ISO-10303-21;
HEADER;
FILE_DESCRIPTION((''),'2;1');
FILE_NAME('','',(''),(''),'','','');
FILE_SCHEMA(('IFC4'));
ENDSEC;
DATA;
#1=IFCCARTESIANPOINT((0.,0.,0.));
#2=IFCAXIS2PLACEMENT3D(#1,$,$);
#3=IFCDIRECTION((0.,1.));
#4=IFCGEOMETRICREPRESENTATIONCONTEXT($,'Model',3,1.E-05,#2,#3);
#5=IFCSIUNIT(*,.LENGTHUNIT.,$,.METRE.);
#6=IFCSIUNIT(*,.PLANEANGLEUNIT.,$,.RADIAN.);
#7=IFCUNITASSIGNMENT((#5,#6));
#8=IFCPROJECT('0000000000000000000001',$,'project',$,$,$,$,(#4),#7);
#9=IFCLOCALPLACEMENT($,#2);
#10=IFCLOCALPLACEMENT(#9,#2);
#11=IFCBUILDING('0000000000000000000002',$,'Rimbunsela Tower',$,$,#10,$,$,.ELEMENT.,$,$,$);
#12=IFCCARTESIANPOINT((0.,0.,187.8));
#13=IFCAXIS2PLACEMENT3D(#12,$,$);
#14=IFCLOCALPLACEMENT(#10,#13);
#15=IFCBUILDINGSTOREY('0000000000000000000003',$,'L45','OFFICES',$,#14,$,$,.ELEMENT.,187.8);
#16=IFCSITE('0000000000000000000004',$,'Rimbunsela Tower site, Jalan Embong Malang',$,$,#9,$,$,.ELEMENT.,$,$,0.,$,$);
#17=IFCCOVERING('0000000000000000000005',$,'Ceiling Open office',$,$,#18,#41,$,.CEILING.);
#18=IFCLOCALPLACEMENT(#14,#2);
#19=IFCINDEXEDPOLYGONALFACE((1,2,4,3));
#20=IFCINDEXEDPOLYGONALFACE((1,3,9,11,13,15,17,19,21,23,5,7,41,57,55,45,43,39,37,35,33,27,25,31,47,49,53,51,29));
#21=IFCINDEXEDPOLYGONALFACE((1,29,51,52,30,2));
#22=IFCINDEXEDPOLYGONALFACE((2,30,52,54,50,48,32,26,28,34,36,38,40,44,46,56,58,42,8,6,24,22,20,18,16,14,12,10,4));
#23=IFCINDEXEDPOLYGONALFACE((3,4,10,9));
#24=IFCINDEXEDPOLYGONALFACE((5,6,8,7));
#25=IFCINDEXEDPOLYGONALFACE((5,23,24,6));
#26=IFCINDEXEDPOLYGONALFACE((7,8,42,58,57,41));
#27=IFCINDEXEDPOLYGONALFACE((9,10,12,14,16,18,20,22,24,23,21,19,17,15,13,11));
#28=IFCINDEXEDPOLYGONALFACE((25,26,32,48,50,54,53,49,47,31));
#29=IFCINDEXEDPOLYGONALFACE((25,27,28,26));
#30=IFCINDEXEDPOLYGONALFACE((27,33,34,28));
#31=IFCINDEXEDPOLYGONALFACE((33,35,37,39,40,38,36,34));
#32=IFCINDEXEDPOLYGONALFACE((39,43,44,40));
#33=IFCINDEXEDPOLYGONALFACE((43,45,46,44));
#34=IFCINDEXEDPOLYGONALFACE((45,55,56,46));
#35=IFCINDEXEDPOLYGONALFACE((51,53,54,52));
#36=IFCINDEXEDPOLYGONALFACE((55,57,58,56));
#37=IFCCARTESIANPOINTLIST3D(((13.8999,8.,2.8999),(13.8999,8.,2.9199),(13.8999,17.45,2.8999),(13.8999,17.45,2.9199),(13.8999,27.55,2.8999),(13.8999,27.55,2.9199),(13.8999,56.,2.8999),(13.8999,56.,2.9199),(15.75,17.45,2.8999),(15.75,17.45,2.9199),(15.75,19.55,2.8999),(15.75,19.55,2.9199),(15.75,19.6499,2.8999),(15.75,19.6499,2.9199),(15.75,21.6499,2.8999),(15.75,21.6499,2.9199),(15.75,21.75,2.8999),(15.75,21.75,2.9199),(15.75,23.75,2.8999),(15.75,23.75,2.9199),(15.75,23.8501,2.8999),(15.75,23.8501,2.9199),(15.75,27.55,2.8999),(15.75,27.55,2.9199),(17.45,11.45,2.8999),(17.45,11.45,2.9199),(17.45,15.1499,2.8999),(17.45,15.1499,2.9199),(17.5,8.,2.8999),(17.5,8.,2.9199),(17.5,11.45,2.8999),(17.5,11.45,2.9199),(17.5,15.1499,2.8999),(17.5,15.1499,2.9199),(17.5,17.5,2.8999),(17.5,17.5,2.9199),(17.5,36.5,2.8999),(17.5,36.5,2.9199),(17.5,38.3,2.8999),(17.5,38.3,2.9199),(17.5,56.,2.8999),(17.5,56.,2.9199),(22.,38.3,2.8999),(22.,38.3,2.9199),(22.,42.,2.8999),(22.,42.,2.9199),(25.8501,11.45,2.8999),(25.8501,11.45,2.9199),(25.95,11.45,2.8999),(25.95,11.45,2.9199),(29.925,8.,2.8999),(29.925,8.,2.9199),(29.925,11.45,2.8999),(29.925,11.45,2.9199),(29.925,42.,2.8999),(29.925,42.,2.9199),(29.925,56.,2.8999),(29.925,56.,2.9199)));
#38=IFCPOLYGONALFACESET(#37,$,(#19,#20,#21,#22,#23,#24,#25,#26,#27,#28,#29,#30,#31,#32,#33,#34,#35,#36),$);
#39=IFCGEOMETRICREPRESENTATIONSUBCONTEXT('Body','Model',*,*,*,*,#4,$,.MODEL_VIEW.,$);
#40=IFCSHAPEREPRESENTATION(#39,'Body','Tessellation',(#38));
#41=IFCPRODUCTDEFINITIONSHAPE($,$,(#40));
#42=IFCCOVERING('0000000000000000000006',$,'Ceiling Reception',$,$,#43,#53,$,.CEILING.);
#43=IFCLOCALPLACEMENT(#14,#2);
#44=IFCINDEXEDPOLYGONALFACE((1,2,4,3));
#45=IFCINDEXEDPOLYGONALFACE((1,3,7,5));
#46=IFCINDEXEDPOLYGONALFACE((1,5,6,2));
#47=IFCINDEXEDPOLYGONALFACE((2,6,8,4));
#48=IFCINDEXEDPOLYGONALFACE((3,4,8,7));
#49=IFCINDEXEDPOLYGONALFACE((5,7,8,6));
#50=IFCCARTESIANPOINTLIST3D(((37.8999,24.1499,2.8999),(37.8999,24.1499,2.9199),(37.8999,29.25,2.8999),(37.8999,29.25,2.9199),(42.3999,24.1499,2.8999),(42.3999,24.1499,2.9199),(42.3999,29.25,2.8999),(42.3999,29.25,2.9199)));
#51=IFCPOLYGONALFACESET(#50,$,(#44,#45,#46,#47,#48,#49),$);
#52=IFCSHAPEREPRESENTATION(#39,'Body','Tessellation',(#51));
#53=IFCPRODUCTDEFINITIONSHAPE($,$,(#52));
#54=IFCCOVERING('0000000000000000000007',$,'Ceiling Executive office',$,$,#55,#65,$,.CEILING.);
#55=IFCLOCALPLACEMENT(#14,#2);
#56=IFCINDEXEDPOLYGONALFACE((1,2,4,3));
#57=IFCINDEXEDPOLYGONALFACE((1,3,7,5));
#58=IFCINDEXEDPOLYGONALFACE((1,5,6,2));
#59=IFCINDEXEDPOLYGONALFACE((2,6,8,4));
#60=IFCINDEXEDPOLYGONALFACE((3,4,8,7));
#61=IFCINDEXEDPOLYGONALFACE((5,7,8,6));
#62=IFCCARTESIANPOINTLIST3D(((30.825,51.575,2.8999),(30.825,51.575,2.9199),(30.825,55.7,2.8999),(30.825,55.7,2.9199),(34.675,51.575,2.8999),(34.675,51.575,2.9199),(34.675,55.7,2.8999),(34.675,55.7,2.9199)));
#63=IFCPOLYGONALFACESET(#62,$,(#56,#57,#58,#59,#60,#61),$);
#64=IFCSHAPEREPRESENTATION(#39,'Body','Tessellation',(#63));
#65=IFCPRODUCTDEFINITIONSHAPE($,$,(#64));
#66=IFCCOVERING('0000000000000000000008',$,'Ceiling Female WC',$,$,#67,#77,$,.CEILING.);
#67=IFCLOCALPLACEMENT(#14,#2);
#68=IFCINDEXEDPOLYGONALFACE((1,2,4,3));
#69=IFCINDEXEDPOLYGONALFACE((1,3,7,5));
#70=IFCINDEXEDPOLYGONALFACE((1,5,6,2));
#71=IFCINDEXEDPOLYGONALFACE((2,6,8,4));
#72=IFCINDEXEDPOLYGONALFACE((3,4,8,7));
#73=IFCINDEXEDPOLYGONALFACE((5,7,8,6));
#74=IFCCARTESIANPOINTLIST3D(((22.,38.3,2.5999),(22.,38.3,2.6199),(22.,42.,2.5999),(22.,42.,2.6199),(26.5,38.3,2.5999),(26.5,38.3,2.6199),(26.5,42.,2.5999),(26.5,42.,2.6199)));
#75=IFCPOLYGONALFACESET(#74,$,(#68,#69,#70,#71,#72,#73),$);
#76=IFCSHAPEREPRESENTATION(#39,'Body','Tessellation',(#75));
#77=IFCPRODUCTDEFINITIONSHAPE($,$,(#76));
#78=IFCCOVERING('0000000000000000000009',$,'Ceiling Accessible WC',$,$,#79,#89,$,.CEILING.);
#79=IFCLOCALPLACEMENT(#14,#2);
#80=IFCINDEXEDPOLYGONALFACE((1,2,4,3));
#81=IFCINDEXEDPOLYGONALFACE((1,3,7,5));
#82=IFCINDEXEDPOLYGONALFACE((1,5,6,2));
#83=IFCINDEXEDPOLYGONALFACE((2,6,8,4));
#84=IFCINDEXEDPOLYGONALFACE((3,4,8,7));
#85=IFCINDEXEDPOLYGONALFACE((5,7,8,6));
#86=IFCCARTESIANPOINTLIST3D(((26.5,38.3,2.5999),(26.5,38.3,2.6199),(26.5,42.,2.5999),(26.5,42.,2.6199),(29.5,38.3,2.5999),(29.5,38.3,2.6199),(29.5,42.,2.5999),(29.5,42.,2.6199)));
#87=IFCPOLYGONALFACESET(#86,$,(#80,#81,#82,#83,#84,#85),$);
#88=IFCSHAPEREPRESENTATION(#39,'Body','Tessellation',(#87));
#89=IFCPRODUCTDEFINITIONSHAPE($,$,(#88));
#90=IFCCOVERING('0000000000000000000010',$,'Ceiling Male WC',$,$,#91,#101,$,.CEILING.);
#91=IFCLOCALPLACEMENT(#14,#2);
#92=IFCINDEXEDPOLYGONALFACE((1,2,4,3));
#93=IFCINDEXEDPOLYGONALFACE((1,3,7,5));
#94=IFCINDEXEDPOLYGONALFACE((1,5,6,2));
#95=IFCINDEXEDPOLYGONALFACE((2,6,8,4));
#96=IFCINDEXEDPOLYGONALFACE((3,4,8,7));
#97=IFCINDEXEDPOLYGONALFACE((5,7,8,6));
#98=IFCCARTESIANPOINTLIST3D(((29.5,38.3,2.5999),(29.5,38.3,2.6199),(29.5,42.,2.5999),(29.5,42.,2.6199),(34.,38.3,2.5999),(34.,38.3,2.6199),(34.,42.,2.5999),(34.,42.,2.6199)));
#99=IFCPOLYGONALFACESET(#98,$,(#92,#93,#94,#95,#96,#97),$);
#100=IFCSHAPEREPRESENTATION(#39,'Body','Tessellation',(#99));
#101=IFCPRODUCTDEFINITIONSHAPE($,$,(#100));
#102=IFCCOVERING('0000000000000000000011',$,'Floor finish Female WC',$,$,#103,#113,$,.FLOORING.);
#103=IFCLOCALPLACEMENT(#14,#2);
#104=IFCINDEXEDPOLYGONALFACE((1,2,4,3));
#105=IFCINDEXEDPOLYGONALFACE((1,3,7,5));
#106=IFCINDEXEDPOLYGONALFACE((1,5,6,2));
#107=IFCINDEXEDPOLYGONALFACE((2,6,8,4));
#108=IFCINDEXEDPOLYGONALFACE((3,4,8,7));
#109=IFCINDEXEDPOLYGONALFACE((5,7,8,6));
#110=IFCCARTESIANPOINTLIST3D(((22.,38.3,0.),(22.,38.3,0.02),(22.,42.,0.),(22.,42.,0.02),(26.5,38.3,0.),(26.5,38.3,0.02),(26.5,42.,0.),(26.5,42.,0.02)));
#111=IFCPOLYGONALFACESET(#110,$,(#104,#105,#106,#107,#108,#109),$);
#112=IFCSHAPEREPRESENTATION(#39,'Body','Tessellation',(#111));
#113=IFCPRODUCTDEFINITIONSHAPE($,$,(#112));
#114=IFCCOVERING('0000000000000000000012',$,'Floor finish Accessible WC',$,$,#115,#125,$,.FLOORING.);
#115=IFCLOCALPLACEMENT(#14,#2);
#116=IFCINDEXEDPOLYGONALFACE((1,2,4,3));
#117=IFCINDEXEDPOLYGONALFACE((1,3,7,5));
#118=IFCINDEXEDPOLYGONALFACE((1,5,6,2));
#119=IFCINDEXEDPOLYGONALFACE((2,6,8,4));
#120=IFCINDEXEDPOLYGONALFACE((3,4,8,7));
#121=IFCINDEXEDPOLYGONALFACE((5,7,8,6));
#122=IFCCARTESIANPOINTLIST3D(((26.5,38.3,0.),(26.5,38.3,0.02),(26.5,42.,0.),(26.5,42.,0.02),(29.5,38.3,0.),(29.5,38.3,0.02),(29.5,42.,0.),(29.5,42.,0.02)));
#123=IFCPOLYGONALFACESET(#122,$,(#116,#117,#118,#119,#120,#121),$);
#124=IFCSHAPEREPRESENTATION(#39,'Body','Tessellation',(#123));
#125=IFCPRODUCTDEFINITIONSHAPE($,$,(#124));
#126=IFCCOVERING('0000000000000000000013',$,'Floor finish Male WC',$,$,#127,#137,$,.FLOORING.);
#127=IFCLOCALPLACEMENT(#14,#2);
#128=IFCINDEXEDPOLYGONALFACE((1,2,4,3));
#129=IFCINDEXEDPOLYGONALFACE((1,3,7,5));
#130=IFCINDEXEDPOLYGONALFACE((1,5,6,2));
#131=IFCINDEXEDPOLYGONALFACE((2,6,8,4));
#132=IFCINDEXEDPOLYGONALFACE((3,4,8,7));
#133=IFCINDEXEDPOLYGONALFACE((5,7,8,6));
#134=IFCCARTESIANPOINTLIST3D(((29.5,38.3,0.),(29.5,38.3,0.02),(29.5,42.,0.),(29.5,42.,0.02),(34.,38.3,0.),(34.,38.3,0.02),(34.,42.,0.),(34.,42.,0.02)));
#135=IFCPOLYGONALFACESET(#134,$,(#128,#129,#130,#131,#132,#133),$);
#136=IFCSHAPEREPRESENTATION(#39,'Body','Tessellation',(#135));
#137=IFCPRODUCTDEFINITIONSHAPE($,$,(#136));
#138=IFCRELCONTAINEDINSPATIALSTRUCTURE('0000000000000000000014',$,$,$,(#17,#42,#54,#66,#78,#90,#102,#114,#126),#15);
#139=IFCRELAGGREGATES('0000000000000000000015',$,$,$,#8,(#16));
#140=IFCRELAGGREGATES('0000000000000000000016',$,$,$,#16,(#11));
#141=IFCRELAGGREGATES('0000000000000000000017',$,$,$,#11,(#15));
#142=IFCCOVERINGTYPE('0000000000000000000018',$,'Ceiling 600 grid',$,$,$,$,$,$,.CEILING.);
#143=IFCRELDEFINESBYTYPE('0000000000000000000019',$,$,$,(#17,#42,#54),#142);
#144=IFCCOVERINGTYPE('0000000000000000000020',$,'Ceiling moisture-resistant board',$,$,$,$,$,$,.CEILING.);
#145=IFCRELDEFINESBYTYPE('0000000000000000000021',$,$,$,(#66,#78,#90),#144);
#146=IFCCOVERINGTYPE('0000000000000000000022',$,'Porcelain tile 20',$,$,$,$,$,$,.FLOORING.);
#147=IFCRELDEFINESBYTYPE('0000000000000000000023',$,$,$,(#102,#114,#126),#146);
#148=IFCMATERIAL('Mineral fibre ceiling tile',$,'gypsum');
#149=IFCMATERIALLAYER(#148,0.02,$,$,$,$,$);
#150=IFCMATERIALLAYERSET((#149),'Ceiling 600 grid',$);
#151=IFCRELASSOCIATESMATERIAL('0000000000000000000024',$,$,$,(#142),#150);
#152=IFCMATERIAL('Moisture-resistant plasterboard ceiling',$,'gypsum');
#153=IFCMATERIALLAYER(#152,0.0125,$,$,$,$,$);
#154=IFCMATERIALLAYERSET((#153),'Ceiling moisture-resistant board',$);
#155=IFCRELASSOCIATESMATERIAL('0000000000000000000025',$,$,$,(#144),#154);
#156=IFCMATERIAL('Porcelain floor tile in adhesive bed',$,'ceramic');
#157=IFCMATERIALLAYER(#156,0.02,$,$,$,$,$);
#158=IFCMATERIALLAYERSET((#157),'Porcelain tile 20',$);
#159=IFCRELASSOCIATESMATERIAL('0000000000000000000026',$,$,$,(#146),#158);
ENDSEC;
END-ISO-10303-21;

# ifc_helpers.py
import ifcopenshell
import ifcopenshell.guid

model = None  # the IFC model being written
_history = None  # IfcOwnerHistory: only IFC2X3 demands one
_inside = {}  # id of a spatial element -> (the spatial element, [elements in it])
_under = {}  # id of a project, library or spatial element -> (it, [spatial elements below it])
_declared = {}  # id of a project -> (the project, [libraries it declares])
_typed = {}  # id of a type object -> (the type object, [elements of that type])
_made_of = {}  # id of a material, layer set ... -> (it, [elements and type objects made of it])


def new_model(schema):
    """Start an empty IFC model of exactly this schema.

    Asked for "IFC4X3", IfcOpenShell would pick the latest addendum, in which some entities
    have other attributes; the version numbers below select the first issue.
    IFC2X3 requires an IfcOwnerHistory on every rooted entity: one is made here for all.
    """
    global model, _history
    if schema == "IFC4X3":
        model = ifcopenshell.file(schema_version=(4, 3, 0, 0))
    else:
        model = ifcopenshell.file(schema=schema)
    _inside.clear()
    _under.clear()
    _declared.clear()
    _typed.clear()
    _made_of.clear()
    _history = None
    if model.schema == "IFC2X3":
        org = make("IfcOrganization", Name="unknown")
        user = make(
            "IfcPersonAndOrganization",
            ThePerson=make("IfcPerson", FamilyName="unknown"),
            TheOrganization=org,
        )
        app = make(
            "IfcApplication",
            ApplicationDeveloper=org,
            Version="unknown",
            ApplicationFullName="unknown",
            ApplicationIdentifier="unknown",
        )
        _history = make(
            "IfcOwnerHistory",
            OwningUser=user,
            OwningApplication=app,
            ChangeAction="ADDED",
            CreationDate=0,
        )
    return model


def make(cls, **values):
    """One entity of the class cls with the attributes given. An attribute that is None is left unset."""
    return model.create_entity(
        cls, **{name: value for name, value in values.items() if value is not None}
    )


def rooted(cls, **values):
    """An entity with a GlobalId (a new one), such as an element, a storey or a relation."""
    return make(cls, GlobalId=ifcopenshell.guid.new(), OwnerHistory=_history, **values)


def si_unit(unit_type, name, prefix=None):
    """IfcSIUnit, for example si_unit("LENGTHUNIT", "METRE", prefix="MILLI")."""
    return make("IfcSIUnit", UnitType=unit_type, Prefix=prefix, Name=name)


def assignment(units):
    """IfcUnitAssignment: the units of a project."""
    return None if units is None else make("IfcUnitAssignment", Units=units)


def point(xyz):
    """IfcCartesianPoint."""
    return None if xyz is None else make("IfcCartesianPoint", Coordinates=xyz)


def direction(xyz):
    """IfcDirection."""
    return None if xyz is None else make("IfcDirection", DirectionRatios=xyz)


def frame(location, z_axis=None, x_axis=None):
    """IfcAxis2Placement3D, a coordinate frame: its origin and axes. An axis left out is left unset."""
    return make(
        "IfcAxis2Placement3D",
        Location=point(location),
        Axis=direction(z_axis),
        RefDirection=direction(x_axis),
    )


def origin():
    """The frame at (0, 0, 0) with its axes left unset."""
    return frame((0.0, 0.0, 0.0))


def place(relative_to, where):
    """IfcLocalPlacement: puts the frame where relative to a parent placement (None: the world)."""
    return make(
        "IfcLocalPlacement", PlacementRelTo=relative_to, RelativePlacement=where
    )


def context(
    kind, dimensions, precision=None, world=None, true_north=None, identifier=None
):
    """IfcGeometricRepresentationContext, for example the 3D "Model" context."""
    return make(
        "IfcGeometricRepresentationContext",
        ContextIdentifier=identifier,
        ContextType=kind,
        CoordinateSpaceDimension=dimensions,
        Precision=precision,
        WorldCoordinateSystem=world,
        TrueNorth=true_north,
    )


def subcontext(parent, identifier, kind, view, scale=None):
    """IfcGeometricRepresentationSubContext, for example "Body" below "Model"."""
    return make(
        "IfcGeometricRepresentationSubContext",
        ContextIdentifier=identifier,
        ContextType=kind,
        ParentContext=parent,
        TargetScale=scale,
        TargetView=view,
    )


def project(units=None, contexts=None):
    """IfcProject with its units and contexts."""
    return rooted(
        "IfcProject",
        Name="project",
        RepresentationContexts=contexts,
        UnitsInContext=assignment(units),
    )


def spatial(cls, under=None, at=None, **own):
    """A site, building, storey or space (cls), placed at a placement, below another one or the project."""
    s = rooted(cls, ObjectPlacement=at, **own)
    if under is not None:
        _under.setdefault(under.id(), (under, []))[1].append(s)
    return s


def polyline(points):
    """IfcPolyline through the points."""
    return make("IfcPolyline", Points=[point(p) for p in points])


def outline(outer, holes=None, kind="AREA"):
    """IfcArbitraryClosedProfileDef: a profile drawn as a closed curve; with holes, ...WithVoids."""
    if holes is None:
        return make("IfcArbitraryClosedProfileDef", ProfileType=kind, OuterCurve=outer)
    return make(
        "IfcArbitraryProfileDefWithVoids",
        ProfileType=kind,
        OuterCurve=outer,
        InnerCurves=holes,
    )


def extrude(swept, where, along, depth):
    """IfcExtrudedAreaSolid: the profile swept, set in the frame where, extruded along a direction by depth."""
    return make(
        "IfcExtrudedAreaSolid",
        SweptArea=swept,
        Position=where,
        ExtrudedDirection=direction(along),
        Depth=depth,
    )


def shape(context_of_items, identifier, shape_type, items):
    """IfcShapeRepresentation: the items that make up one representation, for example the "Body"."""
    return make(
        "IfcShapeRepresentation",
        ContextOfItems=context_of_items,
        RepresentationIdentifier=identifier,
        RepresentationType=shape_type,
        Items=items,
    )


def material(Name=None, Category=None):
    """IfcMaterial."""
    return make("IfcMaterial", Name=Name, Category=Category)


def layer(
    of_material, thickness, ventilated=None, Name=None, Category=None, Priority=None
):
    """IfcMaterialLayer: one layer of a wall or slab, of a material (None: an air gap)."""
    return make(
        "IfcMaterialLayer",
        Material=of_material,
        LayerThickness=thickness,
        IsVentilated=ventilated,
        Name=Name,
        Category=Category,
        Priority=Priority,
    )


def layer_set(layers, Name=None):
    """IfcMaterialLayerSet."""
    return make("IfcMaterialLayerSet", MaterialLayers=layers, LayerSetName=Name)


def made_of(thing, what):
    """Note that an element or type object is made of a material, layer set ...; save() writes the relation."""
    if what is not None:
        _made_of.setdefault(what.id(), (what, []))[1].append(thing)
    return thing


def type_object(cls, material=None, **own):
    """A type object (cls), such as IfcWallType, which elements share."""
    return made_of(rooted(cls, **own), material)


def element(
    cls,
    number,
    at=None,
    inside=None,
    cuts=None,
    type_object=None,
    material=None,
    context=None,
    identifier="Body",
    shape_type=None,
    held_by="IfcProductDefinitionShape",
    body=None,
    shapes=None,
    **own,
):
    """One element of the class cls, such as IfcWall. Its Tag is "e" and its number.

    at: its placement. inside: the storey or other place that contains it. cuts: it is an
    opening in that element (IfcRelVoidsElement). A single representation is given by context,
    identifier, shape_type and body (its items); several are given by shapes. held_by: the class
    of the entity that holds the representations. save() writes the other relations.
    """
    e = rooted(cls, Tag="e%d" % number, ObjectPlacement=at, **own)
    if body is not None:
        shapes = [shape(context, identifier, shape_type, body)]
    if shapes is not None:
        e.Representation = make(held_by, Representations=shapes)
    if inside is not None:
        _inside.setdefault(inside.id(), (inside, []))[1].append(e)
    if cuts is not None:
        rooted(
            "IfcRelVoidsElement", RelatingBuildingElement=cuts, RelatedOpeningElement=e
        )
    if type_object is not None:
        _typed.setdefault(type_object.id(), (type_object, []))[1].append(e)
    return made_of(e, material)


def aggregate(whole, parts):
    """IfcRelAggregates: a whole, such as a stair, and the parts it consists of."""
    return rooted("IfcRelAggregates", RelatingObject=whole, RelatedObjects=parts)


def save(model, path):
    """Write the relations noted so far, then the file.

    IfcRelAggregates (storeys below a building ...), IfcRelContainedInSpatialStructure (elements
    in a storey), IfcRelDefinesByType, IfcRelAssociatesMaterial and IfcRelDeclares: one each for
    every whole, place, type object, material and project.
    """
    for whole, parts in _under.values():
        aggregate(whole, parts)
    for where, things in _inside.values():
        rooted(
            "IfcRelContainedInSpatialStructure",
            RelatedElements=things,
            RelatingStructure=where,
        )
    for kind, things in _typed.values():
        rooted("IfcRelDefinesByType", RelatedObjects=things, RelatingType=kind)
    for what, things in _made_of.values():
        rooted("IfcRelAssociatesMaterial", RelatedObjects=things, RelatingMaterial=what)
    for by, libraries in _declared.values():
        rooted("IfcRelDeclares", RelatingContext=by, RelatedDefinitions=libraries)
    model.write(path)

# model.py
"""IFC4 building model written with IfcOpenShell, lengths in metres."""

from ifc_helpers import new_model, si_unit, direction, frame, origin, place, context, subcontext, project, spatial, polyline, outline, extrude, material, layer, layer_set, type_object, element, save


model = new_model("IFC4")

# Units and contexts
model_context = context("Model", 3, precision=1e-05, world=origin(), true_north=direction((0.0, 1.0)))
body_context = subcontext(model_context, "Body", "Model", "MODEL_VIEW")
ifc_project = project(units=[si_unit("LENGTHUNIT", "METRE"), si_unit("PLANEANGLEUNIT", "RADIAN")], contexts=[model_context])

# Site, building, storey
site_placement = place(None, origin())
site = spatial("IfcSite", under=ifc_project, at=site_placement, Name="Rimbunsela Tower site, Jalan Embong Malang", CompositionType="ELEMENT", RefElevation=0.0)
building_placement = place(site_placement, origin())
building = spatial("IfcBuilding", under=site, at=building_placement, Name="Rimbunsela Tower", CompositionType="ELEMENT")
storey_placement = place(building_placement, frame((0.0, 0.0, 187.8)))
storey = spatial("IfcBuildingStorey", under=building, at=storey_placement, Name="L45", Description="OFFICES", CompositionType="ELEMENT", Elevation=187.8)

# Coverings
ifc_material_1 = material(Name="Mineral fibre ceiling tile", Category="gypsum")
ifc_layer_1 = layer(ifc_material_1, 0.02)
ifc_layer_set_1 = layer_set([ifc_layer_1], Name="Ceiling 600 grid")
covering_type_1 = type_object("IfcCoveringType", Name="Ceiling 600 grid", PredefinedType="CEILING", material=ifc_layer_set_1)
covering_1_placement = place(storey_placement, frame((0.0, 0.0, 2.8999)))
element("IfcCovering", 1, at=covering_1_placement, inside=storey, type_object=covering_type_1, Name="Ceiling Open office", PredefinedType="CEILING", context=body_context, shape_type="SweptSolid", body=[
    extrude(outline(polyline([(17.5, 8.0), (13.8999, 8.0), (13.8999, 17.45), (15.75, 17.45), (15.75, 19.55), (15.75, 19.6499), (15.75, 21.6499), (15.75, 21.75), (15.75, 23.75), (15.75, 23.8501), (15.75, 27.55), (13.8999, 27.55), (13.8999, 56.0), (17.5, 56.0), (29.925, 56.0), (29.925, 42.0), (22.0, 42.0), (22.0, 38.3), (17.5, 38.3), (17.5, 36.5), (17.5, 17.5), (17.5, 15.1499), (17.45, 15.1499), (17.45, 11.45), (17.5, 11.45), (25.8501, 11.45), (25.95, 11.45), (29.925, 11.45), (29.925, 8.0), (17.5, 8.0)])), origin(), (0.0, 0.0, 1.0), 0.02),
])
covering_2_placement = place(storey_placement, frame((0.0, 0.0, 2.8999)))
element("IfcCovering", 2, at=covering_2_placement, inside=storey, type_object=covering_type_1, Name="Ceiling Reception", PredefinedType="CEILING", context=body_context, shape_type="SweptSolid", body=[
    extrude(outline(polyline([(42.3999, 24.1499), (42.3999, 29.25), (37.8999, 29.25), (37.8999, 24.1499), (42.3999, 24.1499)])), origin(), (0.0, 0.0, 1.0), 0.02),
])
covering_3_placement = place(storey_placement, frame((0.0, 0.0, 2.8999)))
element("IfcCovering", 3, at=covering_3_placement, inside=storey, type_object=covering_type_1, Name="Ceiling Executive office", PredefinedType="CEILING", context=body_context, shape_type="SweptSolid", body=[
    extrude(outline(polyline([(34.675, 51.575), (34.675, 55.7), (30.825, 55.7), (30.825, 51.575), (34.675, 51.575)])), origin(), (0.0, 0.0, 1.0), 0.02),
])
ifc_material_2 = material(Name="Moisture-resistant plasterboard ceiling", Category="gypsum")
ifc_layer_2 = layer(ifc_material_2, 0.0125)
ifc_layer_set_2 = layer_set([ifc_layer_2], Name="Ceiling moisture-resistant board")
covering_type_2 = type_object("IfcCoveringType", Name="Ceiling moisture-resistant board", PredefinedType="CEILING", material=ifc_layer_set_2)
covering_4_placement = place(storey_placement, frame((0.0, 0.0, 2.5999)))
element("IfcCovering", 4, at=covering_4_placement, inside=storey, type_object=covering_type_2, Name="Ceiling Female WC", PredefinedType="CEILING", context=body_context, shape_type="SweptSolid", body=[
    extrude(outline(polyline([(26.5, 38.3), (26.5, 42.0), (22.0, 42.0), (22.0, 38.3), (26.5, 38.3)])), origin(), (0.0, 0.0, 1.0), 0.02),
])
covering_5_placement = place(storey_placement, frame((0.0, 0.0, 2.5999)))
element("IfcCovering", 5, at=covering_5_placement, inside=storey, type_object=covering_type_2, Name="Ceiling Accessible WC", PredefinedType="CEILING", context=body_context, shape_type="SweptSolid", body=[
    extrude(outline(polyline([(29.5, 38.3), (29.5, 42.0), (26.5, 42.0), (26.5, 38.3), (29.5, 38.3)])), origin(), (0.0, 0.0, 1.0), 0.02),
])
covering_6_placement = place(storey_placement, frame((0.0, 0.0, 2.5999)))
element("IfcCovering", 6, at=covering_6_placement, inside=storey, type_object=covering_type_2, Name="Ceiling Male WC", PredefinedType="CEILING", context=body_context, shape_type="SweptSolid", body=[
    extrude(outline(polyline([(34.0, 38.3), (34.0, 42.0), (29.5, 42.0), (29.5, 38.3), (34.0, 38.3)])), origin(), (0.0, 0.0, 1.0), 0.02),
])
ifc_material_3 = material(Name="Porcelain floor tile in adhesive bed", Category="ceramic")
ifc_layer_3 = layer(ifc_material_3, 0.02)
ifc_layer_set_3 = layer_set([ifc_layer_3], Name="Porcelain tile 20")
covering_type_3 = type_object("IfcCoveringType", Name="Porcelain tile 20", PredefinedType="FLOORING", material=ifc_layer_set_3)
covering_7_placement = place(storey_placement, origin())
element("IfcCovering", 7, at=covering_7_placement, inside=storey, type_object=covering_type_3, Name="Floor finish Female WC", PredefinedType="FLOORING", context=body_context, shape_type="SweptSolid", body=[
    extrude(outline(polyline([(26.5, 38.3), (26.5, 42.0), (22.0, 42.0), (22.0, 38.3), (26.5, 38.3)])), origin(), (0.0, 0.0, 1.0), 0.02),
])
covering_8_placement = place(storey_placement, origin())
element("IfcCovering", 8, at=covering_8_placement, inside=storey, type_object=covering_type_3, Name="Floor finish Accessible WC", PredefinedType="FLOORING", context=body_context, shape_type="SweptSolid", body=[
    extrude(outline(polyline([(29.5, 38.3), (29.5, 42.0), (26.5, 42.0), (26.5, 38.3), (29.5, 38.3)])), origin(), (0.0, 0.0, 1.0), 0.02),
])
covering_9_placement = place(storey_placement, origin())
element("IfcCovering", 9, at=covering_9_placement, inside=storey, type_object=covering_type_3, Name="Floor finish Male WC", PredefinedType="FLOORING", context=body_context, shape_type="SweptSolid", body=[
    extrude(outline(polyline([(34.0, 38.3), (34.0, 42.0), (29.5, 42.0), (29.5, 38.3), (34.0, 38.3)])), origin(), (0.0, 0.0, 1.0), 0.02),
])

save(model, "model.ifc")
